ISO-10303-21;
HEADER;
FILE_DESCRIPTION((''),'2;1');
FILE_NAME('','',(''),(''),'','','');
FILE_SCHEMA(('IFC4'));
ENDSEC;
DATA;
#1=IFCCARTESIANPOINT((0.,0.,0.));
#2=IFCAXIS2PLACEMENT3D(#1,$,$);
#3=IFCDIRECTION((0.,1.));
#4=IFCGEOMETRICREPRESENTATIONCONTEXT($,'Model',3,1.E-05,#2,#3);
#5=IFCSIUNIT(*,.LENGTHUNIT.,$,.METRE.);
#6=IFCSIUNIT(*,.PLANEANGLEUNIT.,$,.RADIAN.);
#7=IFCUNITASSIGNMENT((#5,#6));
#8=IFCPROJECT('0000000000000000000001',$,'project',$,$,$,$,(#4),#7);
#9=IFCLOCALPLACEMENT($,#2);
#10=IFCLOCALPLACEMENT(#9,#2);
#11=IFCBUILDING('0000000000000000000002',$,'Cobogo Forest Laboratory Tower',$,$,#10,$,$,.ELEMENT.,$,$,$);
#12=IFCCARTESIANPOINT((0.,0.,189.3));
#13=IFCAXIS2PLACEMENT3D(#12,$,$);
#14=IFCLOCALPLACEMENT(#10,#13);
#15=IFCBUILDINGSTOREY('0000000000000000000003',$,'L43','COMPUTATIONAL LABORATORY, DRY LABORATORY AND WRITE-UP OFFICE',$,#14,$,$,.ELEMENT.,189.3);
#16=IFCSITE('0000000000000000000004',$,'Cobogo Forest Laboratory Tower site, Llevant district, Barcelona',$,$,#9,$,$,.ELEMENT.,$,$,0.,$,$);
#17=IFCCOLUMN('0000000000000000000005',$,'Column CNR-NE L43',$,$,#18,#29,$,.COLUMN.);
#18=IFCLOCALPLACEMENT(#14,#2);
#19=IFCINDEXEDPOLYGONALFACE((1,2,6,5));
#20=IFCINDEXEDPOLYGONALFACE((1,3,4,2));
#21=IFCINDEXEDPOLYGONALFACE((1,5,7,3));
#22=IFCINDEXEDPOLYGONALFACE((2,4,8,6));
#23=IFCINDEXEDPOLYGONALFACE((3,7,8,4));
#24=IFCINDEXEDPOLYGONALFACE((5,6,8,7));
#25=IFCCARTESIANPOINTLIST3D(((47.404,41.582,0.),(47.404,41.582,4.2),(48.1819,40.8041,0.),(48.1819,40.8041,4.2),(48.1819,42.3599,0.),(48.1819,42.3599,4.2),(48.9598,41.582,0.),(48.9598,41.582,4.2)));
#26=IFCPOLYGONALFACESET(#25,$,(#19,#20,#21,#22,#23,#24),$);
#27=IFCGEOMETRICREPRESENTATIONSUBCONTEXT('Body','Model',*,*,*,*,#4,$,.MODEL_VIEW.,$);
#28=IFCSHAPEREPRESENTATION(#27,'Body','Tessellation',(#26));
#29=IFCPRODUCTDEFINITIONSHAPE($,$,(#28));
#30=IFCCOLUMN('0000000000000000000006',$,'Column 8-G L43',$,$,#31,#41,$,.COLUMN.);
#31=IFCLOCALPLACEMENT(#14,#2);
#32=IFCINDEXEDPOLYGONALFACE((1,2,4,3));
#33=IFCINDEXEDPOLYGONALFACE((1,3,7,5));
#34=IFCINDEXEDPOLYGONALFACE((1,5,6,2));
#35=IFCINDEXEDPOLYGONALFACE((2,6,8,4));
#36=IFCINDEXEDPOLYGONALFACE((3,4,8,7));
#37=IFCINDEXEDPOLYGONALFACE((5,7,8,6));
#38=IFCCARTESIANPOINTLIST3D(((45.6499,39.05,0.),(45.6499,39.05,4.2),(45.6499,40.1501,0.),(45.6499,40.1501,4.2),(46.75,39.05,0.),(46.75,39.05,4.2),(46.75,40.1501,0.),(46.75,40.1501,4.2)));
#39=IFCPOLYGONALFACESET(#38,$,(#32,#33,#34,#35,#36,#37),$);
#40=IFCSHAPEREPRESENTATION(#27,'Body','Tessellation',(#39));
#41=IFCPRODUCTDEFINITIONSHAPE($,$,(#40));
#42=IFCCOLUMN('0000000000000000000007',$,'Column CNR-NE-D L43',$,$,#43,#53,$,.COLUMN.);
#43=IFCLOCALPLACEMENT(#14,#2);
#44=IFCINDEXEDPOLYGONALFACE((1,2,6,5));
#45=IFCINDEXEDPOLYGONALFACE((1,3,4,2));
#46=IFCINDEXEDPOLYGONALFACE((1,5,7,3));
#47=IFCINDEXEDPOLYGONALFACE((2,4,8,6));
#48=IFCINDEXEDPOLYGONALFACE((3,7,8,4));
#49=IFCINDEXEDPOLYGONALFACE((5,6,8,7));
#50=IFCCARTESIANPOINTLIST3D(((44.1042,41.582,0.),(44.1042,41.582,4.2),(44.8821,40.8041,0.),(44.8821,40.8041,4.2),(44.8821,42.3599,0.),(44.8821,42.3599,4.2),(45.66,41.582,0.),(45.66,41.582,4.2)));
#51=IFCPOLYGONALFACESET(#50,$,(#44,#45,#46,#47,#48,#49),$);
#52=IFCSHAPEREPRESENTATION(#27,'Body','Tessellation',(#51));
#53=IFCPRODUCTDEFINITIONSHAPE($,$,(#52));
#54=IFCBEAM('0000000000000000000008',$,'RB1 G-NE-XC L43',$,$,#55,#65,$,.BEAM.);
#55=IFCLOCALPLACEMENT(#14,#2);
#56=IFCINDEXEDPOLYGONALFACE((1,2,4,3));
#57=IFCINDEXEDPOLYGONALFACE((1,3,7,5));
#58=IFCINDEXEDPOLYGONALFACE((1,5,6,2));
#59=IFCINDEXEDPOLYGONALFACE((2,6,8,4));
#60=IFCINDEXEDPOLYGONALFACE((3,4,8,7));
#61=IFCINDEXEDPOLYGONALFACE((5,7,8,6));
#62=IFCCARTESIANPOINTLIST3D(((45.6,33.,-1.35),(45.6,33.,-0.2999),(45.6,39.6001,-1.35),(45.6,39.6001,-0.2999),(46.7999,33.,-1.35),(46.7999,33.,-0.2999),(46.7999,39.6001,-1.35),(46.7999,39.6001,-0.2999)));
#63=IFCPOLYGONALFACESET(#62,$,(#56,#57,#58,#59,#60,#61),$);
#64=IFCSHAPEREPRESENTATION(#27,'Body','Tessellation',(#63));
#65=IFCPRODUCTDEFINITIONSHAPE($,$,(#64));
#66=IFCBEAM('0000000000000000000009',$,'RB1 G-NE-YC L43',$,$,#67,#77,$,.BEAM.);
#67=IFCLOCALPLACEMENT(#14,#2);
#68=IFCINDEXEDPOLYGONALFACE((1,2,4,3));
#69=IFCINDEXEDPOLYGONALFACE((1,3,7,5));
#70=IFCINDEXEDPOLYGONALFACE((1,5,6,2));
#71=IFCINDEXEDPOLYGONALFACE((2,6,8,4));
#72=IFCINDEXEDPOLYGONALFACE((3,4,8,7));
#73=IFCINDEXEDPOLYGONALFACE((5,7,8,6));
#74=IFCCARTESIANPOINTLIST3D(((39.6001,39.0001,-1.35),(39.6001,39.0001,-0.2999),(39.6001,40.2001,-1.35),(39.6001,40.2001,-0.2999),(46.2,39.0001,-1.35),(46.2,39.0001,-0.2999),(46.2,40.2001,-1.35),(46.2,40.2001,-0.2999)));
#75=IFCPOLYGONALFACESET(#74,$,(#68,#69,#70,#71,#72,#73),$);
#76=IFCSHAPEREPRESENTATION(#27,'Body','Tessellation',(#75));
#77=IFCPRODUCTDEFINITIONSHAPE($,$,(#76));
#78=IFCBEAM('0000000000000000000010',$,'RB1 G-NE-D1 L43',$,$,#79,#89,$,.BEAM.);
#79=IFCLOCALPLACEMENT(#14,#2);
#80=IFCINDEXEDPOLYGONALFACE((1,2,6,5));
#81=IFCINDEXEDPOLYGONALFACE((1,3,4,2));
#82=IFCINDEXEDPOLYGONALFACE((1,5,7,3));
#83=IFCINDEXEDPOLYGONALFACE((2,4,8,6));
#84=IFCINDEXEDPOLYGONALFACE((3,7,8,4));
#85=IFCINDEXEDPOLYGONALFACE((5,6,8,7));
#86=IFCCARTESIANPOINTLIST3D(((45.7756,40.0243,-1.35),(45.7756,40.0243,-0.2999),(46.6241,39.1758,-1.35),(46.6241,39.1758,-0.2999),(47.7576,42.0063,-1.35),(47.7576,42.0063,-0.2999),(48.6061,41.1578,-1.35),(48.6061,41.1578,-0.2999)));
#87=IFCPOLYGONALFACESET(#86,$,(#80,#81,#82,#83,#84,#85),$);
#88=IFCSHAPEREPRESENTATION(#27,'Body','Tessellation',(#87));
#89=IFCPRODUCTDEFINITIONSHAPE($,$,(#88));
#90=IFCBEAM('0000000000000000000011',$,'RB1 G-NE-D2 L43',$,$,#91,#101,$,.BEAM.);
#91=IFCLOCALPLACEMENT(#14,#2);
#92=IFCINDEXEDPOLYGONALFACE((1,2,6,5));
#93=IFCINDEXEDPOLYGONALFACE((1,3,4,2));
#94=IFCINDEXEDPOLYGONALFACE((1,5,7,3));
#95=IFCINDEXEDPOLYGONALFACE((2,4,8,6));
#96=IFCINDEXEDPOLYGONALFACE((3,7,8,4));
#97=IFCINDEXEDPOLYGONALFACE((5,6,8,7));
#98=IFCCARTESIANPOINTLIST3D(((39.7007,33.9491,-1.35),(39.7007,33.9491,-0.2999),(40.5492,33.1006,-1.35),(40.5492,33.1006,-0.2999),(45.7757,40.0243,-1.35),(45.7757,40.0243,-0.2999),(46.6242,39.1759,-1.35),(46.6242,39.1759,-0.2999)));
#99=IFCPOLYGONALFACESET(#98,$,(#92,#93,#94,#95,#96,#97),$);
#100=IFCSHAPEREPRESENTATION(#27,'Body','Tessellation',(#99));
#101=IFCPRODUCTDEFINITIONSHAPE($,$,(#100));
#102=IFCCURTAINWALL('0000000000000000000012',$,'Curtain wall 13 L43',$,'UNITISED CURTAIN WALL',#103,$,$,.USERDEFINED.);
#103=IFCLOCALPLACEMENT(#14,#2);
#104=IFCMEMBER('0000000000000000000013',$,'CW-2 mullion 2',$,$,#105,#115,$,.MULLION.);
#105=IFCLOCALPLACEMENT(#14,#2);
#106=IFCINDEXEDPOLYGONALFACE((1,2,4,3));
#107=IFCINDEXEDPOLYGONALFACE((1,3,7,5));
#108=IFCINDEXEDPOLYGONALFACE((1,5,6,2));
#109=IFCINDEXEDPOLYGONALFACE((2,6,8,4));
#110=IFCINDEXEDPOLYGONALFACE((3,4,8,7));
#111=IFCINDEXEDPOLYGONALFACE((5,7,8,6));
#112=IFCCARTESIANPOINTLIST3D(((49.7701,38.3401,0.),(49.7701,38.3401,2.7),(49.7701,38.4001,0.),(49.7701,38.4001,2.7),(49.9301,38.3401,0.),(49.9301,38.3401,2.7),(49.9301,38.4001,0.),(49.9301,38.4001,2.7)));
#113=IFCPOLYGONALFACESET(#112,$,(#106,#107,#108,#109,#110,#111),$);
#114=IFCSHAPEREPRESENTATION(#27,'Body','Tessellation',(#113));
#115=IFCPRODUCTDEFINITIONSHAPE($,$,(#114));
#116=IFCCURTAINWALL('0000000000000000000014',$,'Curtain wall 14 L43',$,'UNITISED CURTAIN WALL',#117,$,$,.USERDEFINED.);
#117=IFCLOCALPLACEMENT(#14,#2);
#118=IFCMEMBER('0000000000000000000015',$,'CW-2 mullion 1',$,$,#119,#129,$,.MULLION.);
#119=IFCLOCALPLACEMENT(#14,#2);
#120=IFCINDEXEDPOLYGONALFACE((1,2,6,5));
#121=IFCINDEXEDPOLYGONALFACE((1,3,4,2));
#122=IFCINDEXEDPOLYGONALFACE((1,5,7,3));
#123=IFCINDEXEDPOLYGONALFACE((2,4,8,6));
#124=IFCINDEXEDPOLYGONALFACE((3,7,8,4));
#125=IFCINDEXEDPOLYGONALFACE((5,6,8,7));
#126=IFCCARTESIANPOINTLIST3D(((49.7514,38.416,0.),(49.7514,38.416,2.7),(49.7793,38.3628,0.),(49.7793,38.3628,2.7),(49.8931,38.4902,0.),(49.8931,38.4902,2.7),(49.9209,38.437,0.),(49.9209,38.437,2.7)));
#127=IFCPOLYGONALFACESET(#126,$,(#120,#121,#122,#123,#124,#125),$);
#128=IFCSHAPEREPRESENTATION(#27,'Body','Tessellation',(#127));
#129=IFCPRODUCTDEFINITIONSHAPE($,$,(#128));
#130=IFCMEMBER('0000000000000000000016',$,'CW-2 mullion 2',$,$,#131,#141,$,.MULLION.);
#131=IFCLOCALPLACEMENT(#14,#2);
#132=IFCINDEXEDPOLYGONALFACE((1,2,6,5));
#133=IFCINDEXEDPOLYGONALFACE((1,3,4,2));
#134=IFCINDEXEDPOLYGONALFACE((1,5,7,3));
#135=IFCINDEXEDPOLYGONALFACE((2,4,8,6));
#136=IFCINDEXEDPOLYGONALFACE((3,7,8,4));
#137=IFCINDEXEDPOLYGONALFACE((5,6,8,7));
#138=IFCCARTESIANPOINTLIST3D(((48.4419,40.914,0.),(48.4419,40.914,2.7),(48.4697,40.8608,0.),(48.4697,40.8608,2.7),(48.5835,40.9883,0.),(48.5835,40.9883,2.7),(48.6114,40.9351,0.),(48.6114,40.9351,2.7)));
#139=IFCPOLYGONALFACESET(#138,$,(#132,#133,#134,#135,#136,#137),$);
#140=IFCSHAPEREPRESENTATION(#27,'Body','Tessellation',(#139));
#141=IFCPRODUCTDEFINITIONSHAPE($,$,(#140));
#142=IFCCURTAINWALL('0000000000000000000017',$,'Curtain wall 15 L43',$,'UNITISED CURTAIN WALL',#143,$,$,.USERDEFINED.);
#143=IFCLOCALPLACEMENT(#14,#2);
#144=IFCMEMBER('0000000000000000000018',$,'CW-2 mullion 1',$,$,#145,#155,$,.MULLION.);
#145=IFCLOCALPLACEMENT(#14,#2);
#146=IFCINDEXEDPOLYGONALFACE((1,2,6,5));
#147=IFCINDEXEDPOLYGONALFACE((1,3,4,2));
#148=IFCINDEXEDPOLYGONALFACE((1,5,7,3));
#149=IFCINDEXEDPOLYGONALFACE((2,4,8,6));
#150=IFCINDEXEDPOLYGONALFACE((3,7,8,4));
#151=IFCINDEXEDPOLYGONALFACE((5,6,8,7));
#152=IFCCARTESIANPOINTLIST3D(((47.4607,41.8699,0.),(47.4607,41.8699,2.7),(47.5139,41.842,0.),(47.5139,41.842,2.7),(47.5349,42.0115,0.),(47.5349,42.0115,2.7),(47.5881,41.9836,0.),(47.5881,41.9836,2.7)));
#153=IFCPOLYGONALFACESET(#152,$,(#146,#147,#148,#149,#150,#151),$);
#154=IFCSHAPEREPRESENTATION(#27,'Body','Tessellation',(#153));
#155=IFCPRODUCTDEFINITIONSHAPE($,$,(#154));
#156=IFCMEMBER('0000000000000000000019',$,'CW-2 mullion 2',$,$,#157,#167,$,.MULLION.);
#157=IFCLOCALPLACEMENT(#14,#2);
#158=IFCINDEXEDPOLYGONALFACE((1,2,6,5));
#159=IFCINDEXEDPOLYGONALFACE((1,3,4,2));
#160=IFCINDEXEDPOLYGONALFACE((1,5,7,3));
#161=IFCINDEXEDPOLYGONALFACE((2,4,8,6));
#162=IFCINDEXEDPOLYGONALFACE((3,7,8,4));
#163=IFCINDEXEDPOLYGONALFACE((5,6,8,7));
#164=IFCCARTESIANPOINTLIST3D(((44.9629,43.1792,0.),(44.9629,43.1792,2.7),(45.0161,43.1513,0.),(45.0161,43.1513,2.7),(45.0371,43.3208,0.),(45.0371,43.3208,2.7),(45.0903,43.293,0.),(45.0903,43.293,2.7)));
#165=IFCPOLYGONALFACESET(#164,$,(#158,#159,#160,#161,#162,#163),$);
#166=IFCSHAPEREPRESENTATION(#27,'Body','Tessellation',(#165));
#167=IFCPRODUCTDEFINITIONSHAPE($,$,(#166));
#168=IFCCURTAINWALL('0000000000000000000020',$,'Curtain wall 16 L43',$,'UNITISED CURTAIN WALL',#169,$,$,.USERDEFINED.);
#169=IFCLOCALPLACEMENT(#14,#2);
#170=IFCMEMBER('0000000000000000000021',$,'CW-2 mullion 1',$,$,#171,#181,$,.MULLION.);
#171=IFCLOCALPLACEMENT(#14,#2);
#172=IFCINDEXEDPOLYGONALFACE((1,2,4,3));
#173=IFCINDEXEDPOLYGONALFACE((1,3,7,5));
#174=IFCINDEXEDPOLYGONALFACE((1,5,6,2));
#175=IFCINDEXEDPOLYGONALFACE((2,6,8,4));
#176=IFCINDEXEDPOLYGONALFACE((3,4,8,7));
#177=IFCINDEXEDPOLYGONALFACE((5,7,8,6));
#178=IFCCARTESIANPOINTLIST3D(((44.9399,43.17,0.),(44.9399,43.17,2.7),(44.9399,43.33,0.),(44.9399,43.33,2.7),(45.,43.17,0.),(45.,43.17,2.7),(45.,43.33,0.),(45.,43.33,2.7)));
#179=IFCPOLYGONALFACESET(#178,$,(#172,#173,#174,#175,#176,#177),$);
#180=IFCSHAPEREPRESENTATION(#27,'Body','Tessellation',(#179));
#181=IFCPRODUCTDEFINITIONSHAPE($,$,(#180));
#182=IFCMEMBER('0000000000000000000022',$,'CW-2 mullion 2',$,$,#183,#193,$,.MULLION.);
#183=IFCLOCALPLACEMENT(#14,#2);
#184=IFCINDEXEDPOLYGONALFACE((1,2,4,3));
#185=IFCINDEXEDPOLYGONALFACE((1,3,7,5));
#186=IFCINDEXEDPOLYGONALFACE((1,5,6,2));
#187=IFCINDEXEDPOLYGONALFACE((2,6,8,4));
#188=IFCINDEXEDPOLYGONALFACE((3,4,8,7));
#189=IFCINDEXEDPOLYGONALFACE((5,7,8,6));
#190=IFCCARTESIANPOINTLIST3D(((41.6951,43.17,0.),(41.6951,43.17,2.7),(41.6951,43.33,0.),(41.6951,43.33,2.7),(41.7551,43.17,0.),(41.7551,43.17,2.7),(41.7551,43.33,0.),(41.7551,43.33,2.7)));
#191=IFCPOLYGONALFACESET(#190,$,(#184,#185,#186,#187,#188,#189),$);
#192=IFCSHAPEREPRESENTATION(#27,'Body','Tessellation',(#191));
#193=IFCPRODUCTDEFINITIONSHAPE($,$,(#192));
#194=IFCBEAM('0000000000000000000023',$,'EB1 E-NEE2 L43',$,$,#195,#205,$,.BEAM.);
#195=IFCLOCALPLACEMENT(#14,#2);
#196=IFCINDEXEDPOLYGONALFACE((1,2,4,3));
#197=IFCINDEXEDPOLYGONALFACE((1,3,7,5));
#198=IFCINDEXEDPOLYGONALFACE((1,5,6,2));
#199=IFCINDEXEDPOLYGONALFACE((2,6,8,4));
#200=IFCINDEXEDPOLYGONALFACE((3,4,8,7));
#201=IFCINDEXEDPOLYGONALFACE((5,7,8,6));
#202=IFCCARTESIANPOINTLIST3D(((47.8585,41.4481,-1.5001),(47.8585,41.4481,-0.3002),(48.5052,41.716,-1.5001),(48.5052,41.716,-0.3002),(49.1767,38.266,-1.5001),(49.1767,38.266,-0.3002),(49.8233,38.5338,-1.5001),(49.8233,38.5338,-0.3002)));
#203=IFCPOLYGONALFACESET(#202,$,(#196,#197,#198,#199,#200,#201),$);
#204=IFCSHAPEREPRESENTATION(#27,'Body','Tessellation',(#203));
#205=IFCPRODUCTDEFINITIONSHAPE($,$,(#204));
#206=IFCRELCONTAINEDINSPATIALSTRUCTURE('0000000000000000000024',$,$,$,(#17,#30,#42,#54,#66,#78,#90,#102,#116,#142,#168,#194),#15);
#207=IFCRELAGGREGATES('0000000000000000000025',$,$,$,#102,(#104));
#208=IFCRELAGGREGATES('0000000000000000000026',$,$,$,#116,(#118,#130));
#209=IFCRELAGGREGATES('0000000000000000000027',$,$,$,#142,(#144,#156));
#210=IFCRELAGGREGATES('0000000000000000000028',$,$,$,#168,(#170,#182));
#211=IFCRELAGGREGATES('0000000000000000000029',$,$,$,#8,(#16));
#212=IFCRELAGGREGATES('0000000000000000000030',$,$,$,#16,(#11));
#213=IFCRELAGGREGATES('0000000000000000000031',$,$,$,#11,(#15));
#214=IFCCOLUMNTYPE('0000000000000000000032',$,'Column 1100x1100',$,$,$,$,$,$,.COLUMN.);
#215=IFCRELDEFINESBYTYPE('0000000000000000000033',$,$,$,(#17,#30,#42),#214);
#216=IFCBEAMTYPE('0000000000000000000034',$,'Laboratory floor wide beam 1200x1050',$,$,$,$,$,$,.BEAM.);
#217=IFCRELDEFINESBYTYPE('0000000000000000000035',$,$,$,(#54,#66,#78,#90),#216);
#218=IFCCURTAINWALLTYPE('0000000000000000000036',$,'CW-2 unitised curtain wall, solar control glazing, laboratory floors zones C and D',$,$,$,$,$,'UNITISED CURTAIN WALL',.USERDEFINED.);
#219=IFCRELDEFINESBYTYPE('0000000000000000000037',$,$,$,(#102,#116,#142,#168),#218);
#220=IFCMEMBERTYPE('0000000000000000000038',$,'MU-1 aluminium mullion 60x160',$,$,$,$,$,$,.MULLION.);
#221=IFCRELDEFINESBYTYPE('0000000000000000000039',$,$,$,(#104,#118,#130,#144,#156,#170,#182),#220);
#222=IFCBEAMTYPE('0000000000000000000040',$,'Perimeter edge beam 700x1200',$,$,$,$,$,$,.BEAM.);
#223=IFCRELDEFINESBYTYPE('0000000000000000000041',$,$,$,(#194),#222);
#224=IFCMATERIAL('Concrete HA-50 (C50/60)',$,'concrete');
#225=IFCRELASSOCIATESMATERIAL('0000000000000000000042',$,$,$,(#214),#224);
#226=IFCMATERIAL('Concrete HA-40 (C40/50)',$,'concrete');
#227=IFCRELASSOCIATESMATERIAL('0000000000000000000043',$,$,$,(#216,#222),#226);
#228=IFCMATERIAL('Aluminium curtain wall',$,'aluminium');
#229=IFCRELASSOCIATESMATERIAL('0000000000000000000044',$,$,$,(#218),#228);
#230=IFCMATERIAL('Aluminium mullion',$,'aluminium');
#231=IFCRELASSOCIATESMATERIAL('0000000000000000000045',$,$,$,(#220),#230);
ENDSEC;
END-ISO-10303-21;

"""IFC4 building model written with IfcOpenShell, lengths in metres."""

from ifc_helpers import new_model, si_unit, direction, frame, origin, origin_2d, place, context, subcontext, project, spatial, rectangle, extrude, material, material_profile, profile_set, type_object, element, aggregate, save


model = new_model("IFC4")

# Units and contexts
model_context = context("Model", 3, precision=1e-05, world=origin(), true_north=direction((0.0, 1.0)))
body_context = subcontext(model_context, "Body", "Model", "MODEL_VIEW")
ifc_project = project(units=[si_unit("LENGTHUNIT", "METRE"), si_unit("PLANEANGLEUNIT", "RADIAN")], contexts=[model_context])

# Site, building, storey
site_placement = place(None, origin())
site = spatial("IfcSite", under=ifc_project, at=site_placement, Name="Cobogo Forest Laboratory Tower site, Llevant district, Barcelona", CompositionType="ELEMENT", RefElevation=0.0)
building_placement = place(site_placement, origin())
building = spatial("IfcBuilding", under=site, at=building_placement, Name="Cobogo Forest Laboratory Tower", CompositionType="ELEMENT")
storey_placement = place(building_placement, frame((0.0, 0.0, 189.3)))
storey = spatial("IfcBuildingStorey", under=building, at=storey_placement, Name="L43", Description="COMPUTATIONAL LABORATORY, DRY LABORATORY AND WRITE-UP OFFICE", CompositionType="ELEMENT", Elevation=189.3)

# Columns
ifc_material_1 = material(Name="Concrete HA-50 (C50/60)", Category="concrete")
ifc_material_profile_1 = material_profile(ifc_material_1, rectangle(XDim=1.1001, YDim=1.1001, at=origin_2d()), Name="RC 1100x1100")
ifc_profile_set_1 = profile_set([ifc_material_profile_1], Name="Concrete HA-50 (C50/60)")
column_type = type_object("IfcColumnType", Name="Column 1100x1100", PredefinedType="COLUMN", material=ifc_profile_set_1)
for number, where, z_axis, x_axis, name in (
    (1, (48.1819, 41.582, 0.0), (0.0, 0.0, 1.0), (0.707107, 0.707107, 0.0), "Column CNR-NE L43"),
    (2, (46.2, 39.6001, 0.0), (0.0, 0.0, 1.0), (1.0, 0.0, 0.0), "Column 8-G L43"),
    (3, (44.8821, 41.582, 0.0), (0.0, 0.0, 1.0), (0.707107, 0.707107, 0.0), "Column CNR-NE-D L43"),
):
    element("IfcColumn", number, at=place(storey_placement, frame(where, z_axis=z_axis, x_axis=x_axis)), inside=storey, type_object=column_type, Name=name, PredefinedType="COLUMN", context=body_context, shape_type="SweptSolid", body=[
        extrude(rectangle(XDim=1.1001, YDim=1.1001, at=origin_2d()), origin(), (0.0, 0.0, 1.0), 4.2),
    ])

# Beams
ifc_material_2 = material(Name="Concrete HA-40 (C40/50)", Category="concrete")
ifc_material_profile_2 = material_profile(ifc_material_2, rectangle(XDim=1.2, YDim=1.05, at=origin_2d()), Name="RC 1200x1050")
ifc_profile_set_2 = profile_set([ifc_material_profile_2], Name="Concrete HA-40 (C40/50)")
beam_type_1 = type_object("IfcBeamType", Name="Laboratory floor wide beam 1200x1050", PredefinedType="BEAM", material=ifc_profile_set_2)
beam_1_placement = place(storey_placement, frame((46.2, 39.6001, -0.825), z_axis=(0.0, -1.0, 0.0), x_axis=(1.0, 0.0, 0.0)))
element("IfcBeam", 4, at=beam_1_placement, inside=storey, type_object=beam_type_1, Name="RB1 G-NE-XC L43", PredefinedType="BEAM", context=body_context, shape_type="SweptSolid", body=[
    extrude(rectangle(XDim=1.2, YDim=1.05, at=origin_2d()), origin(), (0.0, 0.0, 1.0), 6.6001),
])
beam_2_placement = place(storey_placement, frame((46.2, 39.6001, -0.825), z_axis=(-1.0, 0.0, 0.0), x_axis=(0.0, -1.0, 0.0)))
element("IfcBeam", 5, at=beam_2_placement, inside=storey, type_object=beam_type_1, Name="RB1 G-NE-YC L43", PredefinedType="BEAM", context=body_context, shape_type="SweptSolid", body=[
    extrude(rectangle(XDim=1.2, YDim=1.05, at=origin_2d()), origin(), (0.0, 0.0, 1.0), 6.5999),
])
beam_3_placement = place(storey_placement, frame((48.1819, 41.582, -0.825), z_axis=(-0.707107, -0.707107, 0.0), x_axis=(0.707107, -0.707107, 0.0)))
element("IfcBeam", 6, at=beam_3_placement, inside=storey, type_object=beam_type_1, Name="RB1 G-NE-D1 L43", PredefinedType="BEAM", context=body_context, shape_type="SweptSolid", body=[
    extrude(rectangle(XDim=1.2, YDim=1.05, at=origin_2d()), origin(), (0.0, 0.0, 1.0), 2.803),
])
beam_4_placement = place(storey_placement, frame((46.2, 39.6001, -0.825), z_axis=(-0.707093, -0.707121, 0.0), x_axis=(0.707121, -0.707093, 0.0)))
element("IfcBeam", 7, at=beam_4_placement, inside=storey, type_object=beam_type_1, Name="RB1 G-NE-D2 L43", PredefinedType="BEAM", context=body_context, shape_type="SweptSolid", body=[
    extrude(rectangle(XDim=1.2, YDim=1.05, at=origin_2d()), origin(), (0.0, 0.0, 1.0), 8.5916),
])

# Curtain wall, member
ifc_material_3 = material(Name="Aluminium curtain wall", Category="aluminium")
curtain_wall_type = type_object("IfcCurtainWallType", Name="CW-2 unitised curtain wall, solar control glazing, laboratory floors zones C and D", ElementType="UNITISED CURTAIN WALL", PredefinedType="USERDEFINED", material=ifc_material_3)
curtain_wall_1_placement = place(storey_placement, origin())
curtain_wall_1 = element("IfcCurtainWall", 8, at=curtain_wall_1_placement, inside=storey, type_object=curtain_wall_type, Name="Curtain wall 13 L43", ObjectType="UNITISED CURTAIN WALL", PredefinedType="USERDEFINED")
ifc_material_4 = material(Name="Aluminium mullion", Category="aluminium")
ifc_material_profile_3 = material_profile(ifc_material_4, rectangle(XDim=0.0601, YDim=0.1599, at=origin_2d()), Name="AL 60x160")
ifc_profile_set_3 = profile_set([ifc_material_profile_3], Name="Aluminium mullion")
member_type_1 = type_object("IfcMemberType", Name="MU-1 aluminium mullion 60x160", PredefinedType="MULLION", material=ifc_profile_set_3)
member_1_placement = place(storey_placement, frame((49.8501, 38.3701, 0.0), z_axis=(0.0, 0.0, 1.0), x_axis=(0.0, 1.0, 0.0)))
member_1 = element("IfcMember", 9, at=member_1_placement, type_object=member_type_1, Name="CW-2 mullion 2", PredefinedType="MULLION", context=body_context, shape_type="SweptSolid", body=[
    extrude(rectangle(XDim=0.0601, YDim=0.1599, at=origin_2d()), origin(), (0.0, 0.0, 1.0), 2.7),
])

# Curtain walls, members
curtain_wall_2_placement = place(storey_placement, origin())
curtain_wall_2 = element("IfcCurtainWall", 10, at=curtain_wall_2_placement, inside=storey, type_object=curtain_wall_type, Name="Curtain wall 14 L43", ObjectType="UNITISED CURTAIN WALL", PredefinedType="USERDEFINED")
member_2_placement = place(storey_placement, frame((49.8362, 38.4265, 0.0), z_axis=(0.0, 0.0, 1.0), x_axis=(-0.464284, 0.885686, 0.0)))
member_2 = element("IfcMember", 11, at=member_2_placement, type_object=member_type_1, Name="CW-2 mullion 1", PredefinedType="MULLION", context=body_context, shape_type="SweptSolid", body=[
    extrude(rectangle(XDim=0.0601, YDim=0.1599, at=origin_2d()), origin(), (0.0, 0.0, 1.0), 2.7),
])
member_3_placement = place(storey_placement, frame((48.5266, 40.9246, 0.0), z_axis=(0.0, 0.0, 1.0), x_axis=(-0.464284, 0.885686, 0.0)))
member_3 = element("IfcMember", 12, at=member_3_placement, type_object=member_type_1, Name="CW-2 mullion 2", PredefinedType="MULLION", context=body_context, shape_type="SweptSolid", body=[
    extrude(rectangle(XDim=0.0601, YDim=0.1599, at=origin_2d()), origin(), (0.0, 0.0, 1.0), 2.7),
])
curtain_wall_3_placement = place(storey_placement, origin())
curtain_wall_3 = element("IfcCurtainWall", 13, at=curtain_wall_3_placement, inside=storey, type_object=curtain_wall_type, Name="Curtain wall 15 L43", ObjectType="UNITISED CURTAIN WALL", PredefinedType="USERDEFINED")
member_4_placement = place(storey_placement, frame((47.5244, 41.9268, 0.0), z_axis=(0.0, 0.0, 1.0), x_axis=(-0.885686, 0.464284, 0.0)))
member_4 = element("IfcMember", 14, at=member_4_placement, type_object=member_type_1, Name="CW-2 mullion 1", PredefinedType="MULLION", context=body_context, shape_type="SweptSolid", body=[
    extrude(rectangle(XDim=0.0601, YDim=0.1599, at=origin_2d()), origin(), (0.0, 0.0, 1.0), 2.7),
])
member_5_placement = place(storey_placement, frame((45.0266, 43.2361, 0.0), z_axis=(0.0, 0.0, 1.0), x_axis=(-0.885686, 0.464284, 0.0)))
member_5 = element("IfcMember", 15, at=member_5_placement, type_object=member_type_1, Name="CW-2 mullion 2", PredefinedType="MULLION", context=body_context, shape_type="SweptSolid", body=[
    extrude(rectangle(XDim=0.0601, YDim=0.1599, at=origin_2d()), origin(), (0.0, 0.0, 1.0), 2.7),
])
curtain_wall_4_placement = place(storey_placement, origin())
curtain_wall_4 = element("IfcCurtainWall", 16, at=curtain_wall_4_placement, inside=storey, type_object=curtain_wall_type, Name="Curtain wall 16 L43", ObjectType="UNITISED CURTAIN WALL", PredefinedType="USERDEFINED")
member_6_placement = place(storey_placement, frame((44.97, 43.25, 0.0), z_axis=(0.0, 0.0, 1.0), x_axis=(-1.0, 0.0, 0.0)))
member_6 = element("IfcMember", 17, at=member_6_placement, type_object=member_type_1, Name="CW-2 mullion 1", PredefinedType="MULLION", context=body_context, shape_type="SweptSolid", body=[
    extrude(rectangle(XDim=0.0601, YDim=0.1599, at=origin_2d()), origin(), (0.0, 0.0, 1.0), 2.7),
])
member_7_placement = place(storey_placement, frame((41.7251, 43.25, 0.0), z_axis=(0.0, 0.0, 1.0), x_axis=(-1.0, 0.0, 0.0)))
member_7 = element("IfcMember", 18, at=member_7_placement, type_object=member_type_1, Name="CW-2 mullion 2", PredefinedType="MULLION", context=body_context, shape_type="SweptSolid", body=[
    extrude(rectangle(XDim=0.0601, YDim=0.1599, at=origin_2d()), origin(), (0.0, 0.0, 1.0), 2.7),
])

# Beam
ifc_material_profile_4 = material_profile(ifc_material_2, rectangle(XDim=0.7, YDim=1.2, at=origin_2d()), Name="RC 700x1200")
ifc_profile_set_4 = profile_set([ifc_material_profile_4], Name="Concrete HA-40 (C40/50)")
beam_type_2 = type_object("IfcBeamType", Name="Perimeter edge beam 700x1200", PredefinedType="BEAM", material=ifc_profile_set_4)
beam_5_placement = place(storey_placement, frame((49.5, 38.3999, -0.9001), z_axis=(-0.382692, 0.923876, 0.0), x_axis=(-0.923876, -0.382692, 0.0)))
element("IfcBeam", 19, at=beam_5_placement, inside=storey, type_object=beam_type_2, Name="EB1 E-NEE2 L43", PredefinedType="BEAM", context=body_context, shape_type="SweptSolid", body=[
    extrude(rectangle(XDim=0.7, YDim=1.2, at=origin_2d()), origin(), (0.0, 0.0, 1.0), 3.4443),
])

aggregate(curtain_wall_1, [member_1])
aggregate(curtain_wall_2, [member_2, member_3])
aggregate(curtain_wall_3, [member_4, member_5])
aggregate(curtain_wall_4, [member_6, member_7])

save(model, "model.ifc")
